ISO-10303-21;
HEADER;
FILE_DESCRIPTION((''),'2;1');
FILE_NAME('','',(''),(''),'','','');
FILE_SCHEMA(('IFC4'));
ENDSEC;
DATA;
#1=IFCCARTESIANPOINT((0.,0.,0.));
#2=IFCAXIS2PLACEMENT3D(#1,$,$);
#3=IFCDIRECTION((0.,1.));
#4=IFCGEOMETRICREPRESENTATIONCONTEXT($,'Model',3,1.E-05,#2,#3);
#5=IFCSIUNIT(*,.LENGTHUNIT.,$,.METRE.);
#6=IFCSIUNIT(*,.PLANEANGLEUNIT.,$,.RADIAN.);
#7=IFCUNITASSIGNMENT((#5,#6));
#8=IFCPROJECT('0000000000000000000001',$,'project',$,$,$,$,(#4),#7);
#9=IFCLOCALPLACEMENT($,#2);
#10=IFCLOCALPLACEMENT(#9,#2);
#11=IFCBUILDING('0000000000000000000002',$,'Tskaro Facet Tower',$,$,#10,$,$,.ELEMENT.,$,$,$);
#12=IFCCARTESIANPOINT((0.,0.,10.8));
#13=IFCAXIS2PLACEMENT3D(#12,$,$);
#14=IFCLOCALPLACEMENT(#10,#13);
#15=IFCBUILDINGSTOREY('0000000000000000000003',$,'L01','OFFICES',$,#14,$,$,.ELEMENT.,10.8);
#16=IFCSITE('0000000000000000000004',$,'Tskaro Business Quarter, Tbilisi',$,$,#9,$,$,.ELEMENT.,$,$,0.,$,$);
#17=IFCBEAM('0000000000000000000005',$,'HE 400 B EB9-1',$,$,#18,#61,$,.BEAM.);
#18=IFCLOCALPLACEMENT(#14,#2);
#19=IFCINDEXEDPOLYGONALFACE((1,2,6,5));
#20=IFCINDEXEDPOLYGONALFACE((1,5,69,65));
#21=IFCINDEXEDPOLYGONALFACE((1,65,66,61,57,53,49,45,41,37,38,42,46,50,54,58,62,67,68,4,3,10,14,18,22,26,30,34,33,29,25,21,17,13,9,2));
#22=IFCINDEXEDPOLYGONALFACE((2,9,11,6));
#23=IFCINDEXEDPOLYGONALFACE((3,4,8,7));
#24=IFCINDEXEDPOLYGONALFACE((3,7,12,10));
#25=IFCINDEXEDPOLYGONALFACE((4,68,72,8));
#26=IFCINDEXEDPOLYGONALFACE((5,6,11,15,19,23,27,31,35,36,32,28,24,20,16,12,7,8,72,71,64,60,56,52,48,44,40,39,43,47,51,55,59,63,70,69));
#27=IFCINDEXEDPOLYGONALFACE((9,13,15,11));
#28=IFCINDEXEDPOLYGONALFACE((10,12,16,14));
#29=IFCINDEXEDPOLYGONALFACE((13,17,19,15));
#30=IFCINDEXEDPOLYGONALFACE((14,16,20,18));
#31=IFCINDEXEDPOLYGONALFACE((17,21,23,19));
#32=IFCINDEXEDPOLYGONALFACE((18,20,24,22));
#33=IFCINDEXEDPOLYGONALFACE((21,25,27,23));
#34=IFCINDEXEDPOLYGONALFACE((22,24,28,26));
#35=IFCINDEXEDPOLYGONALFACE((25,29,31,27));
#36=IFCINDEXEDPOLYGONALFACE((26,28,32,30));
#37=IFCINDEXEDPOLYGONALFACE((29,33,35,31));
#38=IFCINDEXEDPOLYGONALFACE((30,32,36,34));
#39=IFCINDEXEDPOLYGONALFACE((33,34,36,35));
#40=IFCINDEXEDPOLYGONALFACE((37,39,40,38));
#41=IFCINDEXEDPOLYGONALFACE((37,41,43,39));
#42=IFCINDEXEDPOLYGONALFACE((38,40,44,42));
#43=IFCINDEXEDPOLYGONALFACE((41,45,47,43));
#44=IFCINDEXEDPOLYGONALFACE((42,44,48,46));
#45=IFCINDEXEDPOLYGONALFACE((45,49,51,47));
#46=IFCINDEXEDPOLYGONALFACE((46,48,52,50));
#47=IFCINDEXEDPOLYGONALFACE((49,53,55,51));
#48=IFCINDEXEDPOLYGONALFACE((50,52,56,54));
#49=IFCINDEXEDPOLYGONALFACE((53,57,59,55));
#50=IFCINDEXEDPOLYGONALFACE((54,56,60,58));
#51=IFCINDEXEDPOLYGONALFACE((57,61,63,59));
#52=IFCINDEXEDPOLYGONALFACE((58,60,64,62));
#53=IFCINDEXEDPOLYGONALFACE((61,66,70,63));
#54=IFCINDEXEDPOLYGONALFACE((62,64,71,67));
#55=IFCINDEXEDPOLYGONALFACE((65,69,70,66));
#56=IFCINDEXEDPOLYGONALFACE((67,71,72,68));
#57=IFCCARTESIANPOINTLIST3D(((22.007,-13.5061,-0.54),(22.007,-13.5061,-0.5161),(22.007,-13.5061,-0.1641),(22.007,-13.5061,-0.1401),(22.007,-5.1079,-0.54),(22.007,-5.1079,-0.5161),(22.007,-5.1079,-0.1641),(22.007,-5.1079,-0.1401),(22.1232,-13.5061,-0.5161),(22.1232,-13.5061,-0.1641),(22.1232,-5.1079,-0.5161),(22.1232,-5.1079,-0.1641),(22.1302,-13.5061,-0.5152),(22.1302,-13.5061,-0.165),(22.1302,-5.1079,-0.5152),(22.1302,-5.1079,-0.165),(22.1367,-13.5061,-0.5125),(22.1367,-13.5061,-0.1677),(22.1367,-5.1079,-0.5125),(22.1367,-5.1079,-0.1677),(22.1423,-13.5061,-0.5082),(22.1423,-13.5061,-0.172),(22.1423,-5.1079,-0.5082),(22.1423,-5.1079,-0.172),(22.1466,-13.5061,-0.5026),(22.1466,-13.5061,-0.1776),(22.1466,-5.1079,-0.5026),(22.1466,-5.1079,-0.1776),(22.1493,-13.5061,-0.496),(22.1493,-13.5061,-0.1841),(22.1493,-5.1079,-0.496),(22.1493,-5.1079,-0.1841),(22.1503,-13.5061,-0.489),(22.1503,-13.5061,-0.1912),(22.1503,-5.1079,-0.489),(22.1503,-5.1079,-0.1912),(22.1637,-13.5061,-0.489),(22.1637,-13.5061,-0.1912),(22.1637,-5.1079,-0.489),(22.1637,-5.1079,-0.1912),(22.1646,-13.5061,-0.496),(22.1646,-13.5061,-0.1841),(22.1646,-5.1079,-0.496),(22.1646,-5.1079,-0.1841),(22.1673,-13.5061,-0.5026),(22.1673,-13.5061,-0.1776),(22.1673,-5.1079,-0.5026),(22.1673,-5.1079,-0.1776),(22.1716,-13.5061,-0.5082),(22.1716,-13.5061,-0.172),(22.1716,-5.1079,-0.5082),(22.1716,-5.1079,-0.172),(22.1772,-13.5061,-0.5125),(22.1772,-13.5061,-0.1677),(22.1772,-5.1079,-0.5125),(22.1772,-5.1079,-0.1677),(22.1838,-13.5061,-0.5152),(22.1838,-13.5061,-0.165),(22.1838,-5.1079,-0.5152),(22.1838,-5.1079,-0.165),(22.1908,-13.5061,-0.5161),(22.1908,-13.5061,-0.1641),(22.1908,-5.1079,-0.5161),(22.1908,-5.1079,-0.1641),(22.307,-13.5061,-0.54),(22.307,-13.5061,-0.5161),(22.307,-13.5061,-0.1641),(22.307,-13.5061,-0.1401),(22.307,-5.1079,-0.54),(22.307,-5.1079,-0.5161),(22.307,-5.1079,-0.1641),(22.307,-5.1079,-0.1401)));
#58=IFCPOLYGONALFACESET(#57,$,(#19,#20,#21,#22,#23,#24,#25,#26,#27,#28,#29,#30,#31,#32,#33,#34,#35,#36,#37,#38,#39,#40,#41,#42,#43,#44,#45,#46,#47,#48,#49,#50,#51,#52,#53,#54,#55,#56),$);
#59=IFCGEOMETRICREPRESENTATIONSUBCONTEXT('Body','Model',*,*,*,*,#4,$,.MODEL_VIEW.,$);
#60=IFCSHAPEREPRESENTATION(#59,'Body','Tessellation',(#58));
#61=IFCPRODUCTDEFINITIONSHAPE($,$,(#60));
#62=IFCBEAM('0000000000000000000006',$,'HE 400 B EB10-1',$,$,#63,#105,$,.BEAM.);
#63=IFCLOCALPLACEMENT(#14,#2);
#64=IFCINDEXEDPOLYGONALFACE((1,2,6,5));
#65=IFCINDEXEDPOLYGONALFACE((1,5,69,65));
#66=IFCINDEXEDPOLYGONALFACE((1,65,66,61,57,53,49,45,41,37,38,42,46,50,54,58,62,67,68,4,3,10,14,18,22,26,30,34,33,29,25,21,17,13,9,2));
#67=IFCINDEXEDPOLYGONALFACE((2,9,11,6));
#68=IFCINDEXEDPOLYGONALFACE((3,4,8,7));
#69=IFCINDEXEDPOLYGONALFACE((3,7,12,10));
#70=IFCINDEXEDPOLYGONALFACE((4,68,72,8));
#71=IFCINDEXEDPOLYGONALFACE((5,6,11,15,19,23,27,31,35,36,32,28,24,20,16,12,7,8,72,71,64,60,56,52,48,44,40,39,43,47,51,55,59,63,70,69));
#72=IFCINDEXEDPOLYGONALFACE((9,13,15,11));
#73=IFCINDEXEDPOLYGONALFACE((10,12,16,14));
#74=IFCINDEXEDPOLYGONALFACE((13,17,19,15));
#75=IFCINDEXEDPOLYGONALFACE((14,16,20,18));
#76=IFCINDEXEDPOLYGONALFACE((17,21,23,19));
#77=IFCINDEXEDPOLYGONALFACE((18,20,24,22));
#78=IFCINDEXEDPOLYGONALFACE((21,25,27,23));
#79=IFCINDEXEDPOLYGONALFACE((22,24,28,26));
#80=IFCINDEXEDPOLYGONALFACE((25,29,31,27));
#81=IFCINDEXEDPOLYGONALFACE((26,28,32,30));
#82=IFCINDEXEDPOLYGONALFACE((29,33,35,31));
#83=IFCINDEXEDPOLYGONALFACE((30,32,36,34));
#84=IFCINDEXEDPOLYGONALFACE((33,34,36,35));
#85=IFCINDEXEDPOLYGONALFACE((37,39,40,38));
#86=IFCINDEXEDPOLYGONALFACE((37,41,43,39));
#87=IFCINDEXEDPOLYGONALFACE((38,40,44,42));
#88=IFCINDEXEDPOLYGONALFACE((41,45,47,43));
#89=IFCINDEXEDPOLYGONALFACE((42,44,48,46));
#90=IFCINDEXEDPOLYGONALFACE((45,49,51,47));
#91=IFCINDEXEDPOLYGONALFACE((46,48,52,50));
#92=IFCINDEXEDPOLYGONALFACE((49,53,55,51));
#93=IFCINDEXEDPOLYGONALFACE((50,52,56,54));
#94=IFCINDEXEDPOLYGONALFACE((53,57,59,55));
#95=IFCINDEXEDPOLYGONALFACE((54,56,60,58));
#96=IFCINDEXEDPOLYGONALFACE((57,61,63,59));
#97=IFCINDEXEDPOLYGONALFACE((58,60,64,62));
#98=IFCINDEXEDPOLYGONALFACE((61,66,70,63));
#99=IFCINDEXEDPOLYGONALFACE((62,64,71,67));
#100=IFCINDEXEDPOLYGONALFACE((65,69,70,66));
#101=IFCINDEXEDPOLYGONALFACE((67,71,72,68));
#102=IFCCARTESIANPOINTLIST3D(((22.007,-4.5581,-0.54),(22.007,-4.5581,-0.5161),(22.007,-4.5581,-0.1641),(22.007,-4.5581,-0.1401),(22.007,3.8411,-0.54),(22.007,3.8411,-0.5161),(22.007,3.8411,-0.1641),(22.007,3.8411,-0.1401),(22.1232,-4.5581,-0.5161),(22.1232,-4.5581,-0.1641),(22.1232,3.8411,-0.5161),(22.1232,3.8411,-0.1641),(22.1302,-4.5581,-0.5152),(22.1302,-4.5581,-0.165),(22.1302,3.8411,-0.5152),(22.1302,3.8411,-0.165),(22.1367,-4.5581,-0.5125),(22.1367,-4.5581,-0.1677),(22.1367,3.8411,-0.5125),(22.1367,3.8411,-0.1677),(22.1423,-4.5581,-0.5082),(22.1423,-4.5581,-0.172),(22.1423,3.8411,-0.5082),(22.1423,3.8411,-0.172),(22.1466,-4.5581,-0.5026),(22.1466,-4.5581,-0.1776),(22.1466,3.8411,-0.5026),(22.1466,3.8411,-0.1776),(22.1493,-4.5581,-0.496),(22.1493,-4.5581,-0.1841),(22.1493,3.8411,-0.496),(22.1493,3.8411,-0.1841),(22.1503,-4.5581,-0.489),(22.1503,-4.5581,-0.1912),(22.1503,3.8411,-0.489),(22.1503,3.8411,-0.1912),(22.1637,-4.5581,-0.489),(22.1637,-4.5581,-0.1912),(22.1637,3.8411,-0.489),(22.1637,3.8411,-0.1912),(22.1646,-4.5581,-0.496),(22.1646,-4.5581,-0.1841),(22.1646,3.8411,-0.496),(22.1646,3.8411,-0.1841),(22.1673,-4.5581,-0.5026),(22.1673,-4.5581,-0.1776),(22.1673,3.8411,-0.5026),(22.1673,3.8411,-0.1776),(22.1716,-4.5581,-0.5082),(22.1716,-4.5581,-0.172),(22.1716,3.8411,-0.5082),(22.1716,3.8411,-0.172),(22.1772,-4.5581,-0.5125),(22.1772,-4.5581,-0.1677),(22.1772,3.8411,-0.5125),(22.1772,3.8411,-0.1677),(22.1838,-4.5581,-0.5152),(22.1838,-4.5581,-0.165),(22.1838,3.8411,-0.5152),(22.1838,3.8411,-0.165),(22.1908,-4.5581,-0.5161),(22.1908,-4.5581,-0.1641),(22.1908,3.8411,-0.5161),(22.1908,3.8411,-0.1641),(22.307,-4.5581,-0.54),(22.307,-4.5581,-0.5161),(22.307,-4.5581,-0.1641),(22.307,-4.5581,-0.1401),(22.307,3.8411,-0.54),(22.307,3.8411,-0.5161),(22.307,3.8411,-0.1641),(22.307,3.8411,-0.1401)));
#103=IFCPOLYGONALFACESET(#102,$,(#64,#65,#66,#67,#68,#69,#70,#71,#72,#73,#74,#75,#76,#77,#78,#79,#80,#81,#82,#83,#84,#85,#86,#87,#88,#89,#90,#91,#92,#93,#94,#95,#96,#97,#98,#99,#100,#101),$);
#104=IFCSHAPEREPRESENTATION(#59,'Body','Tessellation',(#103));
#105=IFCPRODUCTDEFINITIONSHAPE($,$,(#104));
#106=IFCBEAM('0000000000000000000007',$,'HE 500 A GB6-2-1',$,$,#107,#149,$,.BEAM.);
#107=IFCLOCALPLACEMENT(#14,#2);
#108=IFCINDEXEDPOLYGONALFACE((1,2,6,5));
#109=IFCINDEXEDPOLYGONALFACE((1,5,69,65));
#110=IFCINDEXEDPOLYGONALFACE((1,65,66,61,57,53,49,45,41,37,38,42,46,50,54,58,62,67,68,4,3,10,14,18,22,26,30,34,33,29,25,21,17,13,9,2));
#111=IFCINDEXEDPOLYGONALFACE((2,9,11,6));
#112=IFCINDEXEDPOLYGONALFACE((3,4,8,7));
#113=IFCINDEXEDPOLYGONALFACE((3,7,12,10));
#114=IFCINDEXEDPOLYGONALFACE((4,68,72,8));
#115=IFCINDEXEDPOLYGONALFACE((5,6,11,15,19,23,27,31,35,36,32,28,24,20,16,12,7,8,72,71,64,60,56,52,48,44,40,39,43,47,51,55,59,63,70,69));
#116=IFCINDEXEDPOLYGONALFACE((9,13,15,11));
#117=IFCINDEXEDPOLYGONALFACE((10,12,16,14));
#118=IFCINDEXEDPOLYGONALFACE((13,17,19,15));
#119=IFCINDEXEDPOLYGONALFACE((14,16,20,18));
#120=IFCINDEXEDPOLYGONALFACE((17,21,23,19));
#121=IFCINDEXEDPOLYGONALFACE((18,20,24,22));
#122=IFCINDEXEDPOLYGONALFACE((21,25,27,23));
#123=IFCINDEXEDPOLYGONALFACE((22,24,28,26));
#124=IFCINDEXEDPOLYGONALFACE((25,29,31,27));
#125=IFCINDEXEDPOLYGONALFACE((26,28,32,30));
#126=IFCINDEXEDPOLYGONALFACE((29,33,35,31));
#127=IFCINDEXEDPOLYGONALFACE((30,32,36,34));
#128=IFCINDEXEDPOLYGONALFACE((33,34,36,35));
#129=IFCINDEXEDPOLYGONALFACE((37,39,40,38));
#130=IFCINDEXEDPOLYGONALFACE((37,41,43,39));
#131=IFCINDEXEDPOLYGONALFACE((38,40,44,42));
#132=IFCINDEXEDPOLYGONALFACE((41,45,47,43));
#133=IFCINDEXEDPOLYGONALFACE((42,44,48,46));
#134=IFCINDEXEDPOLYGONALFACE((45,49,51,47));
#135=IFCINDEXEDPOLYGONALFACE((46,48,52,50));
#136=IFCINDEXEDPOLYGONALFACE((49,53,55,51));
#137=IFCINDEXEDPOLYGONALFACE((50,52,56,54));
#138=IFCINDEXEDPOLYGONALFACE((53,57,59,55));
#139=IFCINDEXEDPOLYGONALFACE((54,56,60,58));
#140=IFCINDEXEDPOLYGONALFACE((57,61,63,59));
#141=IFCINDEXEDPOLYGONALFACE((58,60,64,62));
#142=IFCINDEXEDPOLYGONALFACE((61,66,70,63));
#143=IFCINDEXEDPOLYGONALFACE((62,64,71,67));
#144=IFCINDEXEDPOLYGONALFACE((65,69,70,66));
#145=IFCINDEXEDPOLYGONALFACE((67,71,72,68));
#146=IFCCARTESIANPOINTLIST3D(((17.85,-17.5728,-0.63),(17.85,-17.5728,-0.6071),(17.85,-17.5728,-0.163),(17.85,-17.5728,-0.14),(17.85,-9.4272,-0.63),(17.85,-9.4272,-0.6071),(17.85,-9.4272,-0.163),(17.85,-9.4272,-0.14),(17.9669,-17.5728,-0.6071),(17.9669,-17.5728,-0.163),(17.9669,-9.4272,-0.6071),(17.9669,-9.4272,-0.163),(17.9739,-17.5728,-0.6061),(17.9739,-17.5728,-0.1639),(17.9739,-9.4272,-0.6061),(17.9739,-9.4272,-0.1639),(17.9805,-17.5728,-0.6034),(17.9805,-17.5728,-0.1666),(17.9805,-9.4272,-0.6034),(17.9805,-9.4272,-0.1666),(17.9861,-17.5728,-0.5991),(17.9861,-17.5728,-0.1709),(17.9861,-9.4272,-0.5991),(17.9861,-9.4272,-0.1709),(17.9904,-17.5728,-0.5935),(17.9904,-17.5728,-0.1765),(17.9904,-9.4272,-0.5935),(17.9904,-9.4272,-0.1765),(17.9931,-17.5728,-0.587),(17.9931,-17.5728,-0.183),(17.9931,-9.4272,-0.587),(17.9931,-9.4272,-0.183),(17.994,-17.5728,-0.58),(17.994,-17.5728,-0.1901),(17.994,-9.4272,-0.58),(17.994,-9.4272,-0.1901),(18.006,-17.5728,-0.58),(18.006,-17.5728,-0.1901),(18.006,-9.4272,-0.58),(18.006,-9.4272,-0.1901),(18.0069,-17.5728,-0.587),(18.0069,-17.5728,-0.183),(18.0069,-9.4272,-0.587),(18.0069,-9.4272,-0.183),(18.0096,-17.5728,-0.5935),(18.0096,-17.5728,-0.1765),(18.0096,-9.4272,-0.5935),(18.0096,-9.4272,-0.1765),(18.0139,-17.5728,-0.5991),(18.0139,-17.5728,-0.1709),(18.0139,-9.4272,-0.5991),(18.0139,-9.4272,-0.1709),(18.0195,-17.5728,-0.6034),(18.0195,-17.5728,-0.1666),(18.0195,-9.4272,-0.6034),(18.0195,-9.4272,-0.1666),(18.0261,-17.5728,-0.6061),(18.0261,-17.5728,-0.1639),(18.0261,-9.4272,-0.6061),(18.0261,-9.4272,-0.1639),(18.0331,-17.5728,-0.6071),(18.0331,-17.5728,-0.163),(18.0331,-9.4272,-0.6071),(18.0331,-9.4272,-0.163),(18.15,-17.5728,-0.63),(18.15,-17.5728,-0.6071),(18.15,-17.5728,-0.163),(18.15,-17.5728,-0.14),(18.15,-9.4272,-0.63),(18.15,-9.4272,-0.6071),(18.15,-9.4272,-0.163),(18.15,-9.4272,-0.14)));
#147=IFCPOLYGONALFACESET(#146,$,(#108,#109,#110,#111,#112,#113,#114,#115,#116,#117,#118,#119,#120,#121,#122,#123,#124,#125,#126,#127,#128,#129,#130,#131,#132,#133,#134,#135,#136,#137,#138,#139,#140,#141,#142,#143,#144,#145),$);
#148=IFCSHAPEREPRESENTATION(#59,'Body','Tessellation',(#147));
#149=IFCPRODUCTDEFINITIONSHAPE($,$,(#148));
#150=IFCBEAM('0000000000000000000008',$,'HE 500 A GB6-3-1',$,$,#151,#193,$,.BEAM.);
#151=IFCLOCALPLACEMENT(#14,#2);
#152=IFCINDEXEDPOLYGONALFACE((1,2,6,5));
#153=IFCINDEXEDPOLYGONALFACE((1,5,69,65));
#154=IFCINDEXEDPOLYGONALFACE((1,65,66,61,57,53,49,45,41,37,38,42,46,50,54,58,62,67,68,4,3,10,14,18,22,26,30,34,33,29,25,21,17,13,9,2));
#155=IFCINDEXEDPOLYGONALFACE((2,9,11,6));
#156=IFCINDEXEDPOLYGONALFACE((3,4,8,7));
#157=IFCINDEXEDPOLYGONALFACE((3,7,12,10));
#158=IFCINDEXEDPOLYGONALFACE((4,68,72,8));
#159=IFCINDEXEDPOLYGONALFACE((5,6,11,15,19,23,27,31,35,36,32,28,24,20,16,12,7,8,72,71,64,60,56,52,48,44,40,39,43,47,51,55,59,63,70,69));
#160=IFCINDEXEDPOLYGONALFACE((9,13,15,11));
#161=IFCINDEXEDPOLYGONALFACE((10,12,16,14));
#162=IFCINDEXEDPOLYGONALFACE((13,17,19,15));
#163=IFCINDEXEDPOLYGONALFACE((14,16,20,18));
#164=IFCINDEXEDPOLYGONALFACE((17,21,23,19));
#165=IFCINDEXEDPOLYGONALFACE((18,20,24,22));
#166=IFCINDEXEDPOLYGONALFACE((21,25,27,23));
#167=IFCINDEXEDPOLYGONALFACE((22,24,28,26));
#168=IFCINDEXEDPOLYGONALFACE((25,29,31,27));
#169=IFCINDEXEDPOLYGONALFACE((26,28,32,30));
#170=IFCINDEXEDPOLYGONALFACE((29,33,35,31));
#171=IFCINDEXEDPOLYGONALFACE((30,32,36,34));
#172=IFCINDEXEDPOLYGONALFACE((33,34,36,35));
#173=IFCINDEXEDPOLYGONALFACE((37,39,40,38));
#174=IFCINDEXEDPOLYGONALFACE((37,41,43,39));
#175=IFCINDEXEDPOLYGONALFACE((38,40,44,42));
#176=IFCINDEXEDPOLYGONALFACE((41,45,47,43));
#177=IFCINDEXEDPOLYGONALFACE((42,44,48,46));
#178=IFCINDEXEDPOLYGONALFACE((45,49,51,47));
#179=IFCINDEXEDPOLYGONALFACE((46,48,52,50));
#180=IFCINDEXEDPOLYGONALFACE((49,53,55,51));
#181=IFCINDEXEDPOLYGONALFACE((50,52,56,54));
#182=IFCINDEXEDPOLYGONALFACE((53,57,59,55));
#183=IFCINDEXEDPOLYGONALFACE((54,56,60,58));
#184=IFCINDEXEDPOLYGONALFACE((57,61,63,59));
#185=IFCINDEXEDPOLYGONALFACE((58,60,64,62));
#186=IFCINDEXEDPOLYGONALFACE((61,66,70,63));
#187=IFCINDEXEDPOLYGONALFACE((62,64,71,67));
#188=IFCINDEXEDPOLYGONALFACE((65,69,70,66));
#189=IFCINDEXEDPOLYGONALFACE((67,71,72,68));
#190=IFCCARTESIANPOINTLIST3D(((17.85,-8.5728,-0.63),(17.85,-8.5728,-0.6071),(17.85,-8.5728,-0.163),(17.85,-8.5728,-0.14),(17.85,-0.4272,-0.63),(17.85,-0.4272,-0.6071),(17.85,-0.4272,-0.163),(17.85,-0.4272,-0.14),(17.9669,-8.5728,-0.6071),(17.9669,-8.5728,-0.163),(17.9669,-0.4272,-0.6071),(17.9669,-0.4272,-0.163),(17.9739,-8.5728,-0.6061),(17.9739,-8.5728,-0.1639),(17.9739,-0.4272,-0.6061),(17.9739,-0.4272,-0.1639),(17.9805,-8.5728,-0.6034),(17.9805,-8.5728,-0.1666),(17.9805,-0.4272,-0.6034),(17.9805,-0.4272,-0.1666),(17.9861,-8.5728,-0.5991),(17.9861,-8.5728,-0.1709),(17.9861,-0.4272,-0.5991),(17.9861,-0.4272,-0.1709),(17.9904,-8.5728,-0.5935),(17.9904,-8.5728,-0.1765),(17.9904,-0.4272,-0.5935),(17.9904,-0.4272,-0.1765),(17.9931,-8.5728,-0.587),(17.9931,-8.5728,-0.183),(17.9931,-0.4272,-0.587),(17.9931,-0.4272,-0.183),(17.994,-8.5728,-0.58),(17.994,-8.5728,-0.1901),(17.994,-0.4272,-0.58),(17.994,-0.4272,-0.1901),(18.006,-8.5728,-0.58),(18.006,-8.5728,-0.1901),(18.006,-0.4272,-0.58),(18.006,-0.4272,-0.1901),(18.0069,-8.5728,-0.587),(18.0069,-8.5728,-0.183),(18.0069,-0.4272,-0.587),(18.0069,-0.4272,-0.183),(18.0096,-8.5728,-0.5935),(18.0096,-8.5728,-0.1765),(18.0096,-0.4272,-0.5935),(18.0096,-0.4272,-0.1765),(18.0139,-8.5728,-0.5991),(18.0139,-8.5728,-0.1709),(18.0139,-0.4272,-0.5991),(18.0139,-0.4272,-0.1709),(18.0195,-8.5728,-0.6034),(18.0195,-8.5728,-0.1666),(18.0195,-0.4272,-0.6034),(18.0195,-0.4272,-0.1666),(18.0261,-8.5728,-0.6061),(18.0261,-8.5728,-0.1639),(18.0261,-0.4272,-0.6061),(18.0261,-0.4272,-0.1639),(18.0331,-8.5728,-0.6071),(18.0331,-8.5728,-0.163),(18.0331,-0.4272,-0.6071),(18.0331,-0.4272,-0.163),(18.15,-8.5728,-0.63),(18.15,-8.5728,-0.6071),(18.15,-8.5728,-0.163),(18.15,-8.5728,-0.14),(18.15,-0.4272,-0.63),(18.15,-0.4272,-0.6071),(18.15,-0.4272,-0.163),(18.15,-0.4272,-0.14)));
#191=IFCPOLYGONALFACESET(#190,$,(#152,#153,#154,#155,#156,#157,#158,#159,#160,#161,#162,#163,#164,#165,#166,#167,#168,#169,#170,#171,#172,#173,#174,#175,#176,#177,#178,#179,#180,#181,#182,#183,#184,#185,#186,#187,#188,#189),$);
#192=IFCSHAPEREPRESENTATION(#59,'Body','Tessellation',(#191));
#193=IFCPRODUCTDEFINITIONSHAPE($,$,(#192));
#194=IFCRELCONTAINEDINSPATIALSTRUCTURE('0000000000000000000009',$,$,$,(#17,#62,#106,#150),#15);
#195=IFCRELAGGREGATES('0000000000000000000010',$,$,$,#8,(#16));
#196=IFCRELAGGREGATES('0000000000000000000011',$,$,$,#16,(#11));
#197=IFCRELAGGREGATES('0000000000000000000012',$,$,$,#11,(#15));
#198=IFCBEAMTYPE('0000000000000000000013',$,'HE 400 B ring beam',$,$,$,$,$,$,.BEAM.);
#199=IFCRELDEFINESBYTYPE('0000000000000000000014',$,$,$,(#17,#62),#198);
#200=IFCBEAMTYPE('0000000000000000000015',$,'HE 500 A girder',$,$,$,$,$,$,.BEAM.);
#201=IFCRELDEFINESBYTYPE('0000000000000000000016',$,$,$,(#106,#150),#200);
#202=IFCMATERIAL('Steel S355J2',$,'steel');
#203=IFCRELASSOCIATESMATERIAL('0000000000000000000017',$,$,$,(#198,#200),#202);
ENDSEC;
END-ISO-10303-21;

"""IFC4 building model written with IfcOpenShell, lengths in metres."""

from ifc_helpers import new_model, si_unit, direction, frame, origin, origin_2d, place, context, subcontext, project, spatial, i_section, extrude, material, material_profile, profile_set, type_object, element, save


model = new_model("IFC4")

# Units and contexts
model_context = context("Model", 3, precision=1e-05, world=origin(), true_north=direction((0.0, 1.0)))
body_context = subcontext(model_context, "Body", "Model", "MODEL_VIEW")
ifc_project = project(units=[si_unit("LENGTHUNIT", "METRE"), si_unit("PLANEANGLEUNIT", "RADIAN")], contexts=[model_context])

# Site, building, storey
site_placement = place(None, origin())
site = spatial("IfcSite", under=ifc_project, at=site_placement, Name="Tskaro Business Quarter, Tbilisi", CompositionType="ELEMENT", RefElevation=0.0)
building_placement = place(site_placement, origin())
building = spatial("IfcBuilding", under=site, at=building_placement, Name="Tskaro Facet Tower", CompositionType="ELEMENT")
storey_placement = place(building_placement, frame((0.0, 0.0, 10.8)))
storey = spatial("IfcBuildingStorey", under=building, at=storey_placement, Name="L01", Description="OFFICES", CompositionType="ELEMENT", Elevation=10.8)

# Beams
ifc_material_1 = material(Name="Steel S355J2", Category="steel")
ifc_material_profile_1 = material_profile(ifc_material_1, i_section(OverallWidth=0.3, OverallDepth=0.3999, WebThickness=0.0134, FlangeThickness=0.0239, FilletRadius=0.0271, at=origin_2d()), Name="HE 400 B")
ifc_profile_set_1 = profile_set([ifc_material_profile_1], Name="Steel S355J2")
beam_type_1 = type_object("IfcBeamType", Name="HE 400 B ring beam", PredefinedType="BEAM", material=ifc_profile_set_1)
beam_1_placement = place(storey_placement, frame((22.157, -13.5061, -0.3401), z_axis=(0.0, 1.0, 0.0), x_axis=(-1.0, 0.0, 0.0)))
element("IfcBeam", 1, at=beam_1_placement, inside=storey, type_object=beam_type_1, Name="HE 400 B EB9-1", PredefinedType="BEAM", context=body_context, shape_type="SweptSolid", body=[
    extrude(i_section(OverallWidth=0.3, OverallDepth=0.3999, WebThickness=0.0134, FlangeThickness=0.0239, FilletRadius=0.0271, at=origin_2d()), origin(), (0.0, 0.0, 1.0), 8.3982),
])
beam_2_placement = place(storey_placement, frame((22.157, -4.5581, -0.3401), z_axis=(0.0, 1.0, 0.0), x_axis=(-1.0, 0.0, 0.0)))
element("IfcBeam", 2, at=beam_2_placement, inside=storey, type_object=beam_type_1, Name="HE 400 B EB10-1", PredefinedType="BEAM", context=body_context, shape_type="SweptSolid", body=[
    extrude(i_section(OverallWidth=0.3, OverallDepth=0.3999, WebThickness=0.0134, FlangeThickness=0.0239, FilletRadius=0.0271, at=origin_2d()), origin(), (0.0, 0.0, 1.0), 8.3992),
])
ifc_material_profile_2 = material_profile(ifc_material_1, i_section(OverallWidth=0.3, OverallDepth=0.49, WebThickness=0.012, FlangeThickness=0.0229, FilletRadius=0.0271, at=origin_2d()), Name="HE 500 A")
ifc_profile_set_2 = profile_set([ifc_material_profile_2], Name="Steel S355J2")
beam_type_2 = type_object("IfcBeamType", Name="HE 500 A girder", PredefinedType="BEAM", material=ifc_profile_set_2)
for number, where, z_axis, x_axis, name in (
    (3, (18.0, -17.5728, -0.385), (0.0, 1.0, 0.0), (-1.0, 0.0, 0.0), "HE 500 A GB6-2-1"),
    (4, (18.0, -8.5728, -0.385), (0.0, 1.0, 0.0), (-1.0, 0.0, 0.0), "HE 500 A GB6-3-1"),
):
    element("IfcBeam", number, at=place(storey_placement, frame(where, z_axis=z_axis, x_axis=x_axis)), inside=storey, type_object=beam_type_2, Name=name, PredefinedType="BEAM", context=body_context, shape_type="SweptSolid", body=[
        extrude(i_section(OverallWidth=0.3, OverallDepth=0.49, WebThickness=0.012, FlangeThickness=0.0229, FilletRadius=0.0271, at=origin_2d()), origin(), (0.0, 0.0, 1.0), 8.1455),
    ])

save(model, "model.ifc")
